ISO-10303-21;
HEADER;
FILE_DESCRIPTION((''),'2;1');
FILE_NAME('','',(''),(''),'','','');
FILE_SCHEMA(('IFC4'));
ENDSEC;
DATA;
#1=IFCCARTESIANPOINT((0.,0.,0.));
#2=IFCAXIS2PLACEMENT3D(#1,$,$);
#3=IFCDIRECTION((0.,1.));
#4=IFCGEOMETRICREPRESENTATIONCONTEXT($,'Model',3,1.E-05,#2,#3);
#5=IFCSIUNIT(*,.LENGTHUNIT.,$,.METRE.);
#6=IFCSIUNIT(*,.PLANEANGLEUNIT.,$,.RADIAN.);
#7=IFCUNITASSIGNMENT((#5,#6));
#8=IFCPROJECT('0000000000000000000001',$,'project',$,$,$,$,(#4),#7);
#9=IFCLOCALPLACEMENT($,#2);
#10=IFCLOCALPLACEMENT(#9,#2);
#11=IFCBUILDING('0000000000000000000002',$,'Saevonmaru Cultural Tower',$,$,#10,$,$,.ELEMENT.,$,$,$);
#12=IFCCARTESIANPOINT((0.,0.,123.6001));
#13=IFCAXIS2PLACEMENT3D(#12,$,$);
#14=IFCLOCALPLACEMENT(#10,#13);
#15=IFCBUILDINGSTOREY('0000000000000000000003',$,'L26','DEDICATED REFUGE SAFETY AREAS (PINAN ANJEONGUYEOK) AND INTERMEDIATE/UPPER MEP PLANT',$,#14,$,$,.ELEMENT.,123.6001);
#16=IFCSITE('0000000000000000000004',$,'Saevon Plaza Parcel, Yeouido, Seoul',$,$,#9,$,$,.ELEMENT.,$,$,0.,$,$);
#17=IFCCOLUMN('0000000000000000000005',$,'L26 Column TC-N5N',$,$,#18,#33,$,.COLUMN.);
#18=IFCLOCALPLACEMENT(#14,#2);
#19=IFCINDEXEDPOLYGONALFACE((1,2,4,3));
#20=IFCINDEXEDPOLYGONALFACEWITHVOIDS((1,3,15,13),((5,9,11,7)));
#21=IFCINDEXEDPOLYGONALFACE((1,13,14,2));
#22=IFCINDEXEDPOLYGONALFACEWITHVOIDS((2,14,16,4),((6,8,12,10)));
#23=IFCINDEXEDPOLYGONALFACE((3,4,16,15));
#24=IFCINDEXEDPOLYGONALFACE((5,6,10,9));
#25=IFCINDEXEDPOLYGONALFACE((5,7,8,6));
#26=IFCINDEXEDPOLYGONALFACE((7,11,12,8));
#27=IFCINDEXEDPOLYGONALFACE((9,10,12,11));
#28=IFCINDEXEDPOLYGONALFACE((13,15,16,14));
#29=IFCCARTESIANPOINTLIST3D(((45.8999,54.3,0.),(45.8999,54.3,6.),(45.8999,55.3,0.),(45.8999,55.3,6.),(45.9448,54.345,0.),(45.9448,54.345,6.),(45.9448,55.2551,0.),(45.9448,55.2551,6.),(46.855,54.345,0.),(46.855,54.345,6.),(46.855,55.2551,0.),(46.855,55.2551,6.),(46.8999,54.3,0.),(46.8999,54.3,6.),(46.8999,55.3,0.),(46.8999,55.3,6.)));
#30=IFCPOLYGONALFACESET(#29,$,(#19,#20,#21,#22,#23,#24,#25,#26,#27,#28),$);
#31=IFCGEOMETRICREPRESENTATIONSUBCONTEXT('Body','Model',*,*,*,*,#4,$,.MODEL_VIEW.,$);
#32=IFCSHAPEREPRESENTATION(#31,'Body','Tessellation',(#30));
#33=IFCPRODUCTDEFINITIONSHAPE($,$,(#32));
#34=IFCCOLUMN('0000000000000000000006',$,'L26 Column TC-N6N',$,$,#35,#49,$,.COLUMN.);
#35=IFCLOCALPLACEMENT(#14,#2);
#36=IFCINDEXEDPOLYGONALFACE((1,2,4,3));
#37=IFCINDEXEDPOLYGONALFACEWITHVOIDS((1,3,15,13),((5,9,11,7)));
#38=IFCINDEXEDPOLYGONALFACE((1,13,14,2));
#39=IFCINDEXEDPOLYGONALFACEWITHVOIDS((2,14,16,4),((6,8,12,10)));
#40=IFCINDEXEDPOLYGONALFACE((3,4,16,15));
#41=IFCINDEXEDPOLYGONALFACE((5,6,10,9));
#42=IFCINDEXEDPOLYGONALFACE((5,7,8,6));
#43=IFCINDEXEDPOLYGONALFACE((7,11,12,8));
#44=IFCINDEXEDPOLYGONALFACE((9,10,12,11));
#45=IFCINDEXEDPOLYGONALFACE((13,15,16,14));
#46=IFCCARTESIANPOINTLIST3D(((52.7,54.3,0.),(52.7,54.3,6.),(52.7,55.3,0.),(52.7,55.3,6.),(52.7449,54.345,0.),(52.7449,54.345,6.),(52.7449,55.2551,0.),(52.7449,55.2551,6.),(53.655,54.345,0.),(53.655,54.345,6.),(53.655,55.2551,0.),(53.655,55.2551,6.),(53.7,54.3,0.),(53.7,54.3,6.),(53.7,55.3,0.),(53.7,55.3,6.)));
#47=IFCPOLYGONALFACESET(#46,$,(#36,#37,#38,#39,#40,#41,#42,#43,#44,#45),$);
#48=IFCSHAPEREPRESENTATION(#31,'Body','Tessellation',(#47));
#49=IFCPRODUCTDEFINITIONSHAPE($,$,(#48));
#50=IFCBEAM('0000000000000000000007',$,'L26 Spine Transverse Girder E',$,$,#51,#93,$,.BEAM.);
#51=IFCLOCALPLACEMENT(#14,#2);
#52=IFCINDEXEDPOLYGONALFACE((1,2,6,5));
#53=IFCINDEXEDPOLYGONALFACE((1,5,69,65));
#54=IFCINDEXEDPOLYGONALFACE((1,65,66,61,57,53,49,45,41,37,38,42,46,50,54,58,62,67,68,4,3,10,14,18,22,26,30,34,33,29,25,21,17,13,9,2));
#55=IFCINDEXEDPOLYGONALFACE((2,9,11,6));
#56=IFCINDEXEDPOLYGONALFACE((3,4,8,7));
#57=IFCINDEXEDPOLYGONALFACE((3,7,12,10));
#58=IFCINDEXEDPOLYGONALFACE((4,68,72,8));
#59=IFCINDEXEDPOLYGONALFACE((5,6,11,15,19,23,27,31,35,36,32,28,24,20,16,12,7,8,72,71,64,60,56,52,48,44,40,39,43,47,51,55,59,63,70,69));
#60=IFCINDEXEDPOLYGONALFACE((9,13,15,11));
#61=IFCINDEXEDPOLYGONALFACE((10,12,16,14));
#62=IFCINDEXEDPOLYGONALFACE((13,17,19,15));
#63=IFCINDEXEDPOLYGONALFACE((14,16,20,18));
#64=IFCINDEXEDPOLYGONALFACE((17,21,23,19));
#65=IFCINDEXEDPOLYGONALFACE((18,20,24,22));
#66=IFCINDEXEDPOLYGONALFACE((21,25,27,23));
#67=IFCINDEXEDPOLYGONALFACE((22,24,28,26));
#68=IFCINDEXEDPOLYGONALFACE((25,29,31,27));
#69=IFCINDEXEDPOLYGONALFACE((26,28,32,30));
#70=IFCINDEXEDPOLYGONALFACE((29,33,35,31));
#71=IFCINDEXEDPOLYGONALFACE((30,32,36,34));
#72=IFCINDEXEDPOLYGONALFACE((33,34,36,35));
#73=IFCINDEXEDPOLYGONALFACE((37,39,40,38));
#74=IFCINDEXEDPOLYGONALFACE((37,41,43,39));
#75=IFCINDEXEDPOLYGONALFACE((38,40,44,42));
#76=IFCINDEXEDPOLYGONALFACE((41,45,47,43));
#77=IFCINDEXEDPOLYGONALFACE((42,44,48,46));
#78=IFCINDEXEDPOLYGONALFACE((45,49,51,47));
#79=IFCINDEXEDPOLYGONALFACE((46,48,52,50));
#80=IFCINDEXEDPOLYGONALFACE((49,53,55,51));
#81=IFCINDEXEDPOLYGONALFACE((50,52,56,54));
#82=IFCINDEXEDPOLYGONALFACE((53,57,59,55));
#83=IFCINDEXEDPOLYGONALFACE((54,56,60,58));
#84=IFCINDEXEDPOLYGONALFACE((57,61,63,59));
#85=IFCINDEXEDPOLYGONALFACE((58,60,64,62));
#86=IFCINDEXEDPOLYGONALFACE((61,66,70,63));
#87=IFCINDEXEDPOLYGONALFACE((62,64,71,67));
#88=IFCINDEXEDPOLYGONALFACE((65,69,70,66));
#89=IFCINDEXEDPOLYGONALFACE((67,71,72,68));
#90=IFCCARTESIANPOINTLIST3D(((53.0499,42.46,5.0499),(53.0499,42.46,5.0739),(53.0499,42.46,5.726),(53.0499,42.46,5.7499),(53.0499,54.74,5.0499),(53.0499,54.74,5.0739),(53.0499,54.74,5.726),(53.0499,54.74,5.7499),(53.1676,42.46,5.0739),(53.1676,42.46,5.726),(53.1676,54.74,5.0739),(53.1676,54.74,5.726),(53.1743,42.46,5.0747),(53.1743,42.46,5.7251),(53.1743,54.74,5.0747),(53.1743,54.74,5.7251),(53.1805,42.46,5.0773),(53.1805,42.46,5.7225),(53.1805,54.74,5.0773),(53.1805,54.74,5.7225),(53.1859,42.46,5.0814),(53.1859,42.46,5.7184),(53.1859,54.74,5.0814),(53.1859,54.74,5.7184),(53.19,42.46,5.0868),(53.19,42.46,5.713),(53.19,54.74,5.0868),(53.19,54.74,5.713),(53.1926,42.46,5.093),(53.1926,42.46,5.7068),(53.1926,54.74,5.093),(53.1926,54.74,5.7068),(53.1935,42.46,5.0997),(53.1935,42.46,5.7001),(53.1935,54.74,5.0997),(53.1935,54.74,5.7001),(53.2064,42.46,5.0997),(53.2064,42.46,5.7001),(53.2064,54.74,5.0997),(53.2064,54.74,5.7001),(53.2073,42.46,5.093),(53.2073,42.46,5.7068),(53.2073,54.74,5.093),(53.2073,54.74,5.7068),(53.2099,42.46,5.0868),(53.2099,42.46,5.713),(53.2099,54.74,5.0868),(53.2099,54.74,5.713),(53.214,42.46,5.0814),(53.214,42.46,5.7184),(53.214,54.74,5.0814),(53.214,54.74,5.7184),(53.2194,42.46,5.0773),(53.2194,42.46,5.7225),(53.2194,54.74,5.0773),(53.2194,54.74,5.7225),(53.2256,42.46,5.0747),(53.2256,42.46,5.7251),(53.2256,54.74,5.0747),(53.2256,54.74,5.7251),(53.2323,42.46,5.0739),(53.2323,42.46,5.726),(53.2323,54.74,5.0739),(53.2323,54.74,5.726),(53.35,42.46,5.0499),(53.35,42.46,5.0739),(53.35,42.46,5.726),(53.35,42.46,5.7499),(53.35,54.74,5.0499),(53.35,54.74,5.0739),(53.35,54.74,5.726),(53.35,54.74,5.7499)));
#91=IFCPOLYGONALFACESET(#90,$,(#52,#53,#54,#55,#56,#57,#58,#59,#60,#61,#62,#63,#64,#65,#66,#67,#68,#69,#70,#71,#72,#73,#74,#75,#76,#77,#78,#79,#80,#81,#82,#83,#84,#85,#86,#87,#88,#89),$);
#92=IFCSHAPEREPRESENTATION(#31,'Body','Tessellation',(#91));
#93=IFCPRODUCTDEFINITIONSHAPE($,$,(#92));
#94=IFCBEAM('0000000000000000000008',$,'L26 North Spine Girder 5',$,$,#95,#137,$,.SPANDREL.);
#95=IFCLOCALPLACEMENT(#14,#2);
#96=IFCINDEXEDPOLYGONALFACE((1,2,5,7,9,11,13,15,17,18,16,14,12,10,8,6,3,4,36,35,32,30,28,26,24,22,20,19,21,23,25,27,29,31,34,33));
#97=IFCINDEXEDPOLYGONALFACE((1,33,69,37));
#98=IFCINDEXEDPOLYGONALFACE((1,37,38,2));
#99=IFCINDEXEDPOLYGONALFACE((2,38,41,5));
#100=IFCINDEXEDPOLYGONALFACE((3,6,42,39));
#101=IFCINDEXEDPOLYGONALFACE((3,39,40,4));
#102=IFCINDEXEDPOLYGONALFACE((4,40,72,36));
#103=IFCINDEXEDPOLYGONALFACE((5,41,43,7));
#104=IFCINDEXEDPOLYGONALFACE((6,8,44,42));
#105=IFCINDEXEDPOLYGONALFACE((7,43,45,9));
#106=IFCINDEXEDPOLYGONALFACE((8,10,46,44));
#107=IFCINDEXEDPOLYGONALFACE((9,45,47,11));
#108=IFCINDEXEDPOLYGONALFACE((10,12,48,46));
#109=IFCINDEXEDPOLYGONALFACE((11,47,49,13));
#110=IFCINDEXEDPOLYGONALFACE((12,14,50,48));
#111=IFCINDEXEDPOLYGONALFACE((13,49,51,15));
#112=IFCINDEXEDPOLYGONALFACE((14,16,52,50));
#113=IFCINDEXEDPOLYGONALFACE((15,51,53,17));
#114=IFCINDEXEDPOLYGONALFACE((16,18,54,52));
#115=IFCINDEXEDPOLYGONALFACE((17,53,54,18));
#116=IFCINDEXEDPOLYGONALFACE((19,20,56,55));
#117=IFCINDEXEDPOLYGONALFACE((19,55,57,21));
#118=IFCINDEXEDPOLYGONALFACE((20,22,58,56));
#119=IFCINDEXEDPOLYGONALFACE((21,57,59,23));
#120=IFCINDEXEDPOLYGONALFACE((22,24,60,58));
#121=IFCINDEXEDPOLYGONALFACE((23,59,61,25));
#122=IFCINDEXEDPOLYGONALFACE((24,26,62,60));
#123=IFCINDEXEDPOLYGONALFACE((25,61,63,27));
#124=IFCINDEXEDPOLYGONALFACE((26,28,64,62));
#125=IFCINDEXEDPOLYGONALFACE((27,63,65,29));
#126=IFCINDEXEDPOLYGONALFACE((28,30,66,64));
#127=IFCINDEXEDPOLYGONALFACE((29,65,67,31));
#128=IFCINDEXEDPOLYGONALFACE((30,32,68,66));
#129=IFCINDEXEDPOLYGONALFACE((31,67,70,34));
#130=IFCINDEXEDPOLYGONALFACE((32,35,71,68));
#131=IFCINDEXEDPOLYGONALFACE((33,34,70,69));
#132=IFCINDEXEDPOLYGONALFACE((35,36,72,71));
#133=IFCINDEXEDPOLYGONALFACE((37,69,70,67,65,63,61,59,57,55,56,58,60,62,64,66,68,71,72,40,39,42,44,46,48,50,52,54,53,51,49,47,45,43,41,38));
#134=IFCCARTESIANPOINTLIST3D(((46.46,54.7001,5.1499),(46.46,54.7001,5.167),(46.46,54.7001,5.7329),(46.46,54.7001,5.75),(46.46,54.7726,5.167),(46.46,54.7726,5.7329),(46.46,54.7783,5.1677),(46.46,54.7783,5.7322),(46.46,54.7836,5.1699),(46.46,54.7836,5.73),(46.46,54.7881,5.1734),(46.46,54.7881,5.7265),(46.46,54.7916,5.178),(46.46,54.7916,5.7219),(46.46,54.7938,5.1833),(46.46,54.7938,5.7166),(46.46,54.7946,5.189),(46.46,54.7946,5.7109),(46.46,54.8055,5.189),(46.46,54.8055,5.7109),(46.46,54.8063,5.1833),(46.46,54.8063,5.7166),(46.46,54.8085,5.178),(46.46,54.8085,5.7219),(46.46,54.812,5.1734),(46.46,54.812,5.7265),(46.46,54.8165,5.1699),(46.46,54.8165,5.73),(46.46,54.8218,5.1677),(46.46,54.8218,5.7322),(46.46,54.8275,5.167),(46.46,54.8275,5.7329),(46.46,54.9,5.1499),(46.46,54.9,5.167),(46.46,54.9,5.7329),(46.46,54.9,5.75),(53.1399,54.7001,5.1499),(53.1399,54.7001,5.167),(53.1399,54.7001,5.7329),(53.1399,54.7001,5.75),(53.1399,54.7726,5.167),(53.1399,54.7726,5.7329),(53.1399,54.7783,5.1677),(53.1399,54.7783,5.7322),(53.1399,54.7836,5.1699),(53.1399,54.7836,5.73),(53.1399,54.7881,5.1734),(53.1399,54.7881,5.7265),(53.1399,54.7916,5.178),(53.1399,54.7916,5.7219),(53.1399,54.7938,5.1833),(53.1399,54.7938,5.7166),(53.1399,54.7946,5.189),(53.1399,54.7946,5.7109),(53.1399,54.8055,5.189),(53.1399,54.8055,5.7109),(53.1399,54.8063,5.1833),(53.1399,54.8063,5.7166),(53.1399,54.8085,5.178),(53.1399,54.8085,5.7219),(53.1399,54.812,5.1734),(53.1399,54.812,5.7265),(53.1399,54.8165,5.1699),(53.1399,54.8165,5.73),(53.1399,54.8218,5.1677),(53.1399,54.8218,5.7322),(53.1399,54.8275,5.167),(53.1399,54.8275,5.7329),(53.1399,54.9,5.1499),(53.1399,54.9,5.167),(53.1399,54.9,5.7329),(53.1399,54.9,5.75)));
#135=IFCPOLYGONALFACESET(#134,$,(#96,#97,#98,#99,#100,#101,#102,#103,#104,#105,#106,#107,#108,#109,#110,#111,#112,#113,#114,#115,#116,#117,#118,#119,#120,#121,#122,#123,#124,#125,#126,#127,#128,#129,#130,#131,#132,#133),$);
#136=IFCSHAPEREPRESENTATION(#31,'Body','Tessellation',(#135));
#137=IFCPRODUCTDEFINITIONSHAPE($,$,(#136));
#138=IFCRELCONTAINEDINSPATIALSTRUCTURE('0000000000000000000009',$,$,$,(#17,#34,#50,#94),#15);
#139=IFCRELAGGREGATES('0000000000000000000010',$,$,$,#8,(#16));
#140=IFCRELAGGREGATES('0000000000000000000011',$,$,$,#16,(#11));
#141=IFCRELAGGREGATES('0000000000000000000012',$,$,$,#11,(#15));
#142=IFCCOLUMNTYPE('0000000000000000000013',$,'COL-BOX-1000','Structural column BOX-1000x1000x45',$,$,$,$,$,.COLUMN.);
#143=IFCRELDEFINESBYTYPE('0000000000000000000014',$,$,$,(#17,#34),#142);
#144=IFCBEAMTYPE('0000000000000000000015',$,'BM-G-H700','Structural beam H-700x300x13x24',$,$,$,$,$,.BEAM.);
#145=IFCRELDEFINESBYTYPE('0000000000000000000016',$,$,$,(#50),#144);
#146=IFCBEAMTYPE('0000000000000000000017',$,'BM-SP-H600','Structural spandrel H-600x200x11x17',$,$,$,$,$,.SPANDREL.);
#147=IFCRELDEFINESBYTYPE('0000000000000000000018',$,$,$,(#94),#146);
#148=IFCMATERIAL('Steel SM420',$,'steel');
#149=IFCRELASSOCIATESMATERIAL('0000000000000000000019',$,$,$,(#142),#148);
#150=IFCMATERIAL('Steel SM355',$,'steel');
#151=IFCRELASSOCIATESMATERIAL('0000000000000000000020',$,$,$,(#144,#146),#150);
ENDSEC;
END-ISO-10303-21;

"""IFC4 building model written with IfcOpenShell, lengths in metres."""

from ifc_helpers import new_model, si_unit, direction, frame, origin, origin_2d, place, context, subcontext, project, spatial, hollow_rectangle, i_section, extrude, material, material_profile, profile_set, type_object, element, save


model = new_model("IFC4")

# Units and contexts
model_context = context("Model", 3, precision=1e-05, world=origin(), true_north=direction((0.0, 1.0)))
body_context = subcontext(model_context, "Body", "Model", "MODEL_VIEW")
ifc_project = project(units=[si_unit("LENGTHUNIT", "METRE"), si_unit("PLANEANGLEUNIT", "RADIAN")], contexts=[model_context])

# Site, building, storey
site_placement = place(None, origin())
site = spatial("IfcSite", under=ifc_project, at=site_placement, Name="Saevon Plaza Parcel, Yeouido, Seoul", CompositionType="ELEMENT", RefElevation=0.0)
building_placement = place(site_placement, origin())
building = spatial("IfcBuilding", under=site, at=building_placement, Name="Saevonmaru Cultural Tower", CompositionType="ELEMENT")
storey_placement = place(building_placement, frame((0.0, 0.0, 123.6001)))
storey = spatial("IfcBuildingStorey", under=building, at=storey_placement, Name="L26", Description="DEDICATED REFUGE SAFETY AREAS (PINAN ANJEONGUYEOK) AND INTERMEDIATE/UPPER MEP PLANT", CompositionType="ELEMENT", Elevation=123.6001)

# Columns
ifc_material_1 = material(Name="Steel SM420", Category="steel")
ifc_material_profile_1 = material_profile(ifc_material_1, hollow_rectangle(XDim=1.0, YDim=1.0, WallThickness=0.0449, at=origin_2d()), Name="BOX-1000x1000x45")
ifc_profile_set_1 = profile_set([ifc_material_profile_1], Name="Steel SM420")
column_type = type_object("IfcColumnType", Name="COL-BOX-1000", Description="Structural column BOX-1000x1000x45", PredefinedType="COLUMN", material=ifc_profile_set_1)
for number, where, z_axis, x_axis, name in (
    (1, (46.3999, 54.8, 0.0), (0.0, 0.0, 1.0), (1.0, 0.0, 0.0), "L26 Column TC-N5N"),
    (2, (53.2, 54.8, 0.0), (0.0, 0.0, 1.0), (1.0, 0.0, 0.0), "L26 Column TC-N6N"),
):
    element("IfcColumn", number, at=place(storey_placement, frame(where, z_axis=z_axis, x_axis=x_axis)), inside=storey, type_object=column_type, Name=name, PredefinedType="COLUMN", context=body_context, shape_type="SweptSolid", body=[
        extrude(hollow_rectangle(XDim=1.0, YDim=1.0, WallThickness=0.0449, at=origin_2d()), origin(), (0.0, 0.0, 1.0), 6.0),
    ])

# Beams
ifc_material_2 = material(Name="Steel SM355", Category="steel")
ifc_material_profile_2 = material_profile(ifc_material_2, i_section(OverallWidth=0.3, OverallDepth=0.7, WebThickness=0.0129, FlangeThickness=0.0239, FilletRadius=0.0259, at=origin_2d()), Name="H-700x300x13x24")
ifc_profile_set_2 = profile_set([ifc_material_profile_2], Name="Steel SM355")
beam_type_1 = type_object("IfcBeamType", Name="BM-G-H700", Description="Structural beam H-700x300x13x24", PredefinedType="BEAM", material=ifc_profile_set_2)
beam_1_placement = place(storey_placement, frame((53.2, 54.74, 5.3999), z_axis=(0.0, -1.0, 0.0), x_axis=(1.0, 0.0, 0.0)))
element("IfcBeam", 3, at=beam_1_placement, inside=storey, type_object=beam_type_1, Name="L26 Spine Transverse Girder E", PredefinedType="BEAM", context=body_context, shape_type="SweptSolid", body=[
    extrude(i_section(OverallWidth=0.3, OverallDepth=0.7, WebThickness=0.0129, FlangeThickness=0.0239, FilletRadius=0.0259, at=origin_2d()), origin(), (0.0, 0.0, 1.0), 12.28),
])
ifc_material_profile_3 = material_profile(ifc_material_2, i_section(OverallWidth=0.2, OverallDepth=0.6001, WebThickness=0.011, FlangeThickness=0.0171, FilletRadius=0.022, at=origin_2d()), Name="H-600x200x11x17")
ifc_profile_set_3 = profile_set([ifc_material_profile_3], Name="Steel SM355")
beam_type_2 = type_object("IfcBeamType", Name="BM-SP-H600", Description="Structural spandrel H-600x200x11x17", PredefinedType="SPANDREL", material=ifc_profile_set_3)
beam_2_placement = place(storey_placement, frame((46.46, 54.8, 5.45), z_axis=(1.0, 0.0, 0.0), x_axis=(0.0, 1.0, 0.0)))
element("IfcBeam", 4, at=beam_2_placement, inside=storey, type_object=beam_type_2, Name="L26 North Spine Girder 5", PredefinedType="SPANDREL", context=body_context, shape_type="SweptSolid", body=[
    extrude(i_section(OverallWidth=0.2, OverallDepth=0.6001, WebThickness=0.011, FlangeThickness=0.0171, FilletRadius=0.022, at=origin_2d()), origin(), (0.0, 0.0, 1.0), 6.6799),
])

save(model, "model.ifc")
